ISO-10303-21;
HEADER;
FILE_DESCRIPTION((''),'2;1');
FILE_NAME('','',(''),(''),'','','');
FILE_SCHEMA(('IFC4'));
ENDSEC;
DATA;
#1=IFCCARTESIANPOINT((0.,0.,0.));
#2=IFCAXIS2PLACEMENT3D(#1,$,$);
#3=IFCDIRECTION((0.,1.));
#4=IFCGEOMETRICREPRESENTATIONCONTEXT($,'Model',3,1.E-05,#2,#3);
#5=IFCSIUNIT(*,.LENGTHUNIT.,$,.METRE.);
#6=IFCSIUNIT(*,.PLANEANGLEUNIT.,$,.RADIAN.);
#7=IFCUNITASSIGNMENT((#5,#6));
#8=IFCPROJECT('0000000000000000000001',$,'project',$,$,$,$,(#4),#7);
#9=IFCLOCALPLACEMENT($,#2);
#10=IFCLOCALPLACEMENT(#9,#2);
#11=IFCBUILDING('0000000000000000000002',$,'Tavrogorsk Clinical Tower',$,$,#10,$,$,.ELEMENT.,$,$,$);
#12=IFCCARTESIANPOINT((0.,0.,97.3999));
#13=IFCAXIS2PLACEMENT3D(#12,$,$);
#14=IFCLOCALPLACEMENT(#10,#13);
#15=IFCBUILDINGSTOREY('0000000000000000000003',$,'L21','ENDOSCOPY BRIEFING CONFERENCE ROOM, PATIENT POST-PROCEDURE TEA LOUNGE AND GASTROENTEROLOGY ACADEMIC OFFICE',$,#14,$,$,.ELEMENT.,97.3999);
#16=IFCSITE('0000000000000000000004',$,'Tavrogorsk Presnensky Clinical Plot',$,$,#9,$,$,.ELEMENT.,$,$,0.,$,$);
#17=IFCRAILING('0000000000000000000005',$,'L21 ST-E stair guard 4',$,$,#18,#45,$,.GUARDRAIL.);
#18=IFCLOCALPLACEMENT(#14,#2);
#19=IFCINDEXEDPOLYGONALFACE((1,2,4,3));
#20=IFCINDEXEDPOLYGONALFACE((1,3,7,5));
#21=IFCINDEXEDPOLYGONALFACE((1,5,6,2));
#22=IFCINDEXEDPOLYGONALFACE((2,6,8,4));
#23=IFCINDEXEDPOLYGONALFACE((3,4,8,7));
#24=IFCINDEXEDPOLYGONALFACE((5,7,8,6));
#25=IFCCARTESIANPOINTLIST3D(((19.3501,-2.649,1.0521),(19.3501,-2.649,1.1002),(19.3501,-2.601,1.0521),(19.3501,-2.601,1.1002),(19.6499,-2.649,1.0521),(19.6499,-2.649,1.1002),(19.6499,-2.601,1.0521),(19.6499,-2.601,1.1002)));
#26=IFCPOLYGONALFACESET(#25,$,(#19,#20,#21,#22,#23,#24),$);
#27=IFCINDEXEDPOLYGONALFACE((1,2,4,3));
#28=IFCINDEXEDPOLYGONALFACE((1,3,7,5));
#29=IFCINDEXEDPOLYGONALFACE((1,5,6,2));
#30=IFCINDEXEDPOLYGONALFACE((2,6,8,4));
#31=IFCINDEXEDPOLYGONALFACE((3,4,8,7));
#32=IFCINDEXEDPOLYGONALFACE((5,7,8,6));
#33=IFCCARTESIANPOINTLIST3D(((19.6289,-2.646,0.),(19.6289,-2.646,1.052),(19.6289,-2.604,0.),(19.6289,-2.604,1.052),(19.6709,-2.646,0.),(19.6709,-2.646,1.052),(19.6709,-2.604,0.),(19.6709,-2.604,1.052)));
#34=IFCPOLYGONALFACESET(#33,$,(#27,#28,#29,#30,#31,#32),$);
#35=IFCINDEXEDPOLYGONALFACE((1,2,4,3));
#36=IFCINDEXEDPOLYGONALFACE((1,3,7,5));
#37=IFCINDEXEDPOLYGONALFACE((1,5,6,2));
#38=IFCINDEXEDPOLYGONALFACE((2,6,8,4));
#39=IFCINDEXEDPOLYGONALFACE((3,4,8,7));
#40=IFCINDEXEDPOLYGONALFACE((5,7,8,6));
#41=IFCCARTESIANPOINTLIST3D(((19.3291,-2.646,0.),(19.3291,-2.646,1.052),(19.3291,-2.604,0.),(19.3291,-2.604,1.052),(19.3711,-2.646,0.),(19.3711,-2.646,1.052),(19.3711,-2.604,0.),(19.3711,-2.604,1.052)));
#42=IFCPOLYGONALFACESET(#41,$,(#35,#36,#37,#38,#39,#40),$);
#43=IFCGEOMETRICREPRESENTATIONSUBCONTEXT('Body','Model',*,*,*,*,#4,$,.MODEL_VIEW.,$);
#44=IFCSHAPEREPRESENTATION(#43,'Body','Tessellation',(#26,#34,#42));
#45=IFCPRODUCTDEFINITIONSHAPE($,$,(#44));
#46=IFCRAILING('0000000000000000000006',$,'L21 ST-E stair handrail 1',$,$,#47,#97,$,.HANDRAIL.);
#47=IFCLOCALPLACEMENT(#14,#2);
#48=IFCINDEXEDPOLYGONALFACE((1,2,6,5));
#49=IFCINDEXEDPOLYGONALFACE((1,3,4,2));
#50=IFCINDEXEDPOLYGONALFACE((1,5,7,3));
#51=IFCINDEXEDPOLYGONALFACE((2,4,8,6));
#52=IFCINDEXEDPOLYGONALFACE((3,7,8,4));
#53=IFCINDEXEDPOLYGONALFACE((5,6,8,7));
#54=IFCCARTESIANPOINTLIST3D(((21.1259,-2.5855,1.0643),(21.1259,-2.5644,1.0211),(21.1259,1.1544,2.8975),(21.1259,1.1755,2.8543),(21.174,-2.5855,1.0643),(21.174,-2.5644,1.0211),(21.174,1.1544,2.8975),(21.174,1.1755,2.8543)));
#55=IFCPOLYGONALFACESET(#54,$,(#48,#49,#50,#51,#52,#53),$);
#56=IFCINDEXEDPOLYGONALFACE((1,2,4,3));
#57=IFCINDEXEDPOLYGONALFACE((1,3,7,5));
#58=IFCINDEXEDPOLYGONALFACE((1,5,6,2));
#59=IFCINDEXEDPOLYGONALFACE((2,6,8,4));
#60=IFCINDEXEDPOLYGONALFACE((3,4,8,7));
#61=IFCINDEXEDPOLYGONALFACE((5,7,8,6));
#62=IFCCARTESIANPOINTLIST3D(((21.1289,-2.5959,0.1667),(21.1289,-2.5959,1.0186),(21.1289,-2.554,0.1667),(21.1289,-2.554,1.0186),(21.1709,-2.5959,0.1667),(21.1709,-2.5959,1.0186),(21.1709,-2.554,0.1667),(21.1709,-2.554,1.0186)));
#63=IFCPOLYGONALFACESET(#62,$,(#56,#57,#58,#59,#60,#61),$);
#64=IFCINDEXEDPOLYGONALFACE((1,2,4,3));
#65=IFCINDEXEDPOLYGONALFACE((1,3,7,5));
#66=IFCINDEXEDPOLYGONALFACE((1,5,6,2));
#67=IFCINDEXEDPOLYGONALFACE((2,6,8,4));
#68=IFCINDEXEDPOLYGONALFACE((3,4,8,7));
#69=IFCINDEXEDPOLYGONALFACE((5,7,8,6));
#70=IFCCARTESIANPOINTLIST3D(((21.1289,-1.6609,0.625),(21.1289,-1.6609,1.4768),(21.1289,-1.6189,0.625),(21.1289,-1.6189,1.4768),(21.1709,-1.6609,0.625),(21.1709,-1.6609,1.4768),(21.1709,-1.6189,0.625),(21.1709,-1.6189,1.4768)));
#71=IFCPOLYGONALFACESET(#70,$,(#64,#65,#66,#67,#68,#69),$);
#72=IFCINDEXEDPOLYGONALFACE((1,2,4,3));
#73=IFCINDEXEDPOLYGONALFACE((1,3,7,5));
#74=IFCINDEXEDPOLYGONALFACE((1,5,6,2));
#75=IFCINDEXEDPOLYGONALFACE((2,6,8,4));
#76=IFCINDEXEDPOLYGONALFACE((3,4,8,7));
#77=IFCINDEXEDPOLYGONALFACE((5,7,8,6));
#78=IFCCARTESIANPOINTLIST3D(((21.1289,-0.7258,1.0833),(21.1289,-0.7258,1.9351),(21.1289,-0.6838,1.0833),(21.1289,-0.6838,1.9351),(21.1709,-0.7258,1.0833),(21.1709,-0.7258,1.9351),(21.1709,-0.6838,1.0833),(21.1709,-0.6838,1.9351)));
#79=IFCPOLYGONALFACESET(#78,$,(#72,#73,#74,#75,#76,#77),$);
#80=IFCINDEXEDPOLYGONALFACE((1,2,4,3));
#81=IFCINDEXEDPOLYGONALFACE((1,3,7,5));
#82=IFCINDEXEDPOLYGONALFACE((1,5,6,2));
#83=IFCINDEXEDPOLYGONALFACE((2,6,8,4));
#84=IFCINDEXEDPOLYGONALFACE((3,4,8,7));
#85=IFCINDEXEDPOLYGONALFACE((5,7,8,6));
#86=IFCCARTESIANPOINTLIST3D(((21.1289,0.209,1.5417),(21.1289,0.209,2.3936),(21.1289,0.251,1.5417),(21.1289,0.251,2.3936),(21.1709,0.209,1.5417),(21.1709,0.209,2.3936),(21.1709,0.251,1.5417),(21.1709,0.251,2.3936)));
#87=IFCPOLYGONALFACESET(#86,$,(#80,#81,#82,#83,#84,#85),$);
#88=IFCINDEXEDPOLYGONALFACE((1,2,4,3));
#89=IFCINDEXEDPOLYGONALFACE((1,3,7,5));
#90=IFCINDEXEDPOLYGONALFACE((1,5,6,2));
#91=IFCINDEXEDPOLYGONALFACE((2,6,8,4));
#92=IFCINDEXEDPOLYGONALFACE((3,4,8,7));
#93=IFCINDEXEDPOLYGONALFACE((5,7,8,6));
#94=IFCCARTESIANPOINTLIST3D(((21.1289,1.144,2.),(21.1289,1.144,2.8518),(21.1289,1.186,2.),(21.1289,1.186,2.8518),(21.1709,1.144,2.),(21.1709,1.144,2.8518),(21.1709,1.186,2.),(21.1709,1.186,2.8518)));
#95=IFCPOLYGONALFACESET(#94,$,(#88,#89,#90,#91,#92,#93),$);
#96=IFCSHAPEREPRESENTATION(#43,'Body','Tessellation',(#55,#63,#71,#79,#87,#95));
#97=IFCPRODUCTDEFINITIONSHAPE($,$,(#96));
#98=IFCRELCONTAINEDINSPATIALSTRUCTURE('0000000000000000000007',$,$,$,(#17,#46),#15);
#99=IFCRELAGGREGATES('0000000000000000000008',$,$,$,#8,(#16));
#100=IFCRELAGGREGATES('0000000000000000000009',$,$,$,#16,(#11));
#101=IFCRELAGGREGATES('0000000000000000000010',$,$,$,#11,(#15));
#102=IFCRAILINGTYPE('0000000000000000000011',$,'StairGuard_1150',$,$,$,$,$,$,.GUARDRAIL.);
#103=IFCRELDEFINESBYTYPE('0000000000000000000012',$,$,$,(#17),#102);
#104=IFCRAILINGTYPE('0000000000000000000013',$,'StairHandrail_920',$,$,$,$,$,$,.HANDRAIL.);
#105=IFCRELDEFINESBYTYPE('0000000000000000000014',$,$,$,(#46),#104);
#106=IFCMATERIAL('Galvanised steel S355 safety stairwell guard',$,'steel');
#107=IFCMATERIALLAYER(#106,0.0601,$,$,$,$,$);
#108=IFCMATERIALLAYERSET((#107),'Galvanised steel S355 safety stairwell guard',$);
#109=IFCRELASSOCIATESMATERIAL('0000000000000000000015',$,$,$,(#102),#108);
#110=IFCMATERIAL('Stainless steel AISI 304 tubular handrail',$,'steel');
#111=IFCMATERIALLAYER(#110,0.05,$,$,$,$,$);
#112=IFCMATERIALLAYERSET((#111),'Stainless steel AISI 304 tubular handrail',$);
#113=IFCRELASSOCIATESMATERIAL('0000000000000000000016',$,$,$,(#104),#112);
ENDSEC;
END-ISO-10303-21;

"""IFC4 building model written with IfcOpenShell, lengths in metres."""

from ifc_helpers import new_model, si_unit, direction, frame, origin, origin_2d, place, context, subcontext, project, spatial, rectangle, extrude, material, layer, layer_set, type_object, element, save


model = new_model("IFC4")

# Units and contexts
model_context = context("Model", 3, precision=1e-05, world=origin(), true_north=direction((0.0, 1.0)))
body_context = subcontext(model_context, "Body", "Model", "MODEL_VIEW")
ifc_project = project(units=[si_unit("LENGTHUNIT", "METRE"), si_unit("PLANEANGLEUNIT", "RADIAN")], contexts=[model_context])

# Site, building, storey
site_placement = place(None, origin())
site = spatial("IfcSite", under=ifc_project, at=site_placement, Name="Tavrogorsk Presnensky Clinical Plot", CompositionType="ELEMENT", RefElevation=0.0)
building_placement = place(site_placement, origin())
building = spatial("IfcBuilding", under=site, at=building_placement, Name="Tavrogorsk Clinical Tower", CompositionType="ELEMENT")
storey_placement = place(building_placement, frame((0.0, 0.0, 97.3999)))
storey = spatial("IfcBuildingStorey", under=building, at=storey_placement, Name="L21", Description="ENDOSCOPY BRIEFING CONFERENCE ROOM, PATIENT POST-PROCEDURE TEA LOUNGE AND GASTROENTEROLOGY ACADEMIC OFFICE", CompositionType="ELEMENT", Elevation=97.3999)

# Railings
ifc_material_1 = material(Name="Galvanised steel S355 safety stairwell guard", Category="steel")
ifc_layer_1 = layer(ifc_material_1, 0.0601)
ifc_layer_set_1 = layer_set([ifc_layer_1], Name="Galvanised steel S355 safety stairwell guard")
railing_type_1 = type_object("IfcRailingType", Name="StairGuard_1150", PredefinedType="GUARDRAIL", material=ifc_layer_set_1)
railing_1_placement = place(storey_placement, frame((19.6499, -2.625, 0.0)))
element("IfcRailing", 1, at=railing_1_placement, inside=storey, type_object=railing_type_1, Name="L21 ST-E stair guard 4", PredefinedType="GUARDRAIL", context=body_context, shape_type="SweptSolid", body=[
    extrude(rectangle(XDim=0.0481, YDim=0.0481, at=origin_2d()), frame((0.0, 0.0, 1.0762), z_axis=(-1.0, 0.0, 0.0), x_axis=(0.0, -1.0, 0.0)), (0.0, 0.0, 1.0), 0.2998),
    extrude(rectangle(XDim=0.042, YDim=0.042, at=origin_2d()), origin(), (0.0, 0.0, 1.0), 1.052),
    extrude(rectangle(XDim=0.042, YDim=0.042, at=origin_2d()), frame((-0.2998, 0.0, 0.0)), (0.0, 0.0, 1.0), 1.052),
])
ifc_material_2 = material(Name="Stainless steel AISI 304 tubular handrail", Category="steel")
ifc_layer_2 = layer(ifc_material_2, 0.05)
ifc_layer_set_2 = layer_set([ifc_layer_2], Name="Stainless steel AISI 304 tubular handrail")
railing_type_2 = type_object("IfcRailingType", Name="StairHandrail_920", PredefinedType="HANDRAIL", material=ifc_layer_set_2)
railing_2_placement = place(storey_placement, frame((21.1499, -2.575, 0.1667)))
element("IfcRailing", 2, at=railing_2_placement, inside=storey, type_object=railing_type_2, Name="L21 ST-E stair handrail 1", PredefinedType="HANDRAIL", context=body_context, shape_type="SweptSolid", body=[
    extrude(rectangle(XDim=0.0481, YDim=0.0481, at=origin_2d()), frame((0.0, 0.0, 0.876), z_axis=(0.0, 0.897928, 0.440142), x_axis=(-1.0, 0.0, 0.0)), (0.0, 0.0, 1.0), 4.165),
    extrude(rectangle(XDim=0.042, YDim=0.042, at=origin_2d()), origin(), (0.0, 0.0, 1.0), 0.8518),
    extrude(rectangle(XDim=0.042, YDim=0.042, at=origin_2d()), frame((0.0, 0.9351, 0.4583)), (0.0, 0.0, 1.0), 0.8518),
    extrude(rectangle(XDim=0.042, YDim=0.042, at=origin_2d()), frame((0.0, 1.8701, 0.9165)), (0.0, 0.0, 1.0), 0.8518),
    extrude(rectangle(XDim=0.042, YDim=0.042, at=origin_2d()), frame((0.0, 2.8049, 1.375)), (0.0, 0.0, 1.0), 0.8518),
    extrude(rectangle(XDim=0.042, YDim=0.042, at=origin_2d()), frame((0.0, 3.74, 1.8333)), (0.0, 0.0, 1.0), 0.8518),
])

save(model, "model.ifc")
